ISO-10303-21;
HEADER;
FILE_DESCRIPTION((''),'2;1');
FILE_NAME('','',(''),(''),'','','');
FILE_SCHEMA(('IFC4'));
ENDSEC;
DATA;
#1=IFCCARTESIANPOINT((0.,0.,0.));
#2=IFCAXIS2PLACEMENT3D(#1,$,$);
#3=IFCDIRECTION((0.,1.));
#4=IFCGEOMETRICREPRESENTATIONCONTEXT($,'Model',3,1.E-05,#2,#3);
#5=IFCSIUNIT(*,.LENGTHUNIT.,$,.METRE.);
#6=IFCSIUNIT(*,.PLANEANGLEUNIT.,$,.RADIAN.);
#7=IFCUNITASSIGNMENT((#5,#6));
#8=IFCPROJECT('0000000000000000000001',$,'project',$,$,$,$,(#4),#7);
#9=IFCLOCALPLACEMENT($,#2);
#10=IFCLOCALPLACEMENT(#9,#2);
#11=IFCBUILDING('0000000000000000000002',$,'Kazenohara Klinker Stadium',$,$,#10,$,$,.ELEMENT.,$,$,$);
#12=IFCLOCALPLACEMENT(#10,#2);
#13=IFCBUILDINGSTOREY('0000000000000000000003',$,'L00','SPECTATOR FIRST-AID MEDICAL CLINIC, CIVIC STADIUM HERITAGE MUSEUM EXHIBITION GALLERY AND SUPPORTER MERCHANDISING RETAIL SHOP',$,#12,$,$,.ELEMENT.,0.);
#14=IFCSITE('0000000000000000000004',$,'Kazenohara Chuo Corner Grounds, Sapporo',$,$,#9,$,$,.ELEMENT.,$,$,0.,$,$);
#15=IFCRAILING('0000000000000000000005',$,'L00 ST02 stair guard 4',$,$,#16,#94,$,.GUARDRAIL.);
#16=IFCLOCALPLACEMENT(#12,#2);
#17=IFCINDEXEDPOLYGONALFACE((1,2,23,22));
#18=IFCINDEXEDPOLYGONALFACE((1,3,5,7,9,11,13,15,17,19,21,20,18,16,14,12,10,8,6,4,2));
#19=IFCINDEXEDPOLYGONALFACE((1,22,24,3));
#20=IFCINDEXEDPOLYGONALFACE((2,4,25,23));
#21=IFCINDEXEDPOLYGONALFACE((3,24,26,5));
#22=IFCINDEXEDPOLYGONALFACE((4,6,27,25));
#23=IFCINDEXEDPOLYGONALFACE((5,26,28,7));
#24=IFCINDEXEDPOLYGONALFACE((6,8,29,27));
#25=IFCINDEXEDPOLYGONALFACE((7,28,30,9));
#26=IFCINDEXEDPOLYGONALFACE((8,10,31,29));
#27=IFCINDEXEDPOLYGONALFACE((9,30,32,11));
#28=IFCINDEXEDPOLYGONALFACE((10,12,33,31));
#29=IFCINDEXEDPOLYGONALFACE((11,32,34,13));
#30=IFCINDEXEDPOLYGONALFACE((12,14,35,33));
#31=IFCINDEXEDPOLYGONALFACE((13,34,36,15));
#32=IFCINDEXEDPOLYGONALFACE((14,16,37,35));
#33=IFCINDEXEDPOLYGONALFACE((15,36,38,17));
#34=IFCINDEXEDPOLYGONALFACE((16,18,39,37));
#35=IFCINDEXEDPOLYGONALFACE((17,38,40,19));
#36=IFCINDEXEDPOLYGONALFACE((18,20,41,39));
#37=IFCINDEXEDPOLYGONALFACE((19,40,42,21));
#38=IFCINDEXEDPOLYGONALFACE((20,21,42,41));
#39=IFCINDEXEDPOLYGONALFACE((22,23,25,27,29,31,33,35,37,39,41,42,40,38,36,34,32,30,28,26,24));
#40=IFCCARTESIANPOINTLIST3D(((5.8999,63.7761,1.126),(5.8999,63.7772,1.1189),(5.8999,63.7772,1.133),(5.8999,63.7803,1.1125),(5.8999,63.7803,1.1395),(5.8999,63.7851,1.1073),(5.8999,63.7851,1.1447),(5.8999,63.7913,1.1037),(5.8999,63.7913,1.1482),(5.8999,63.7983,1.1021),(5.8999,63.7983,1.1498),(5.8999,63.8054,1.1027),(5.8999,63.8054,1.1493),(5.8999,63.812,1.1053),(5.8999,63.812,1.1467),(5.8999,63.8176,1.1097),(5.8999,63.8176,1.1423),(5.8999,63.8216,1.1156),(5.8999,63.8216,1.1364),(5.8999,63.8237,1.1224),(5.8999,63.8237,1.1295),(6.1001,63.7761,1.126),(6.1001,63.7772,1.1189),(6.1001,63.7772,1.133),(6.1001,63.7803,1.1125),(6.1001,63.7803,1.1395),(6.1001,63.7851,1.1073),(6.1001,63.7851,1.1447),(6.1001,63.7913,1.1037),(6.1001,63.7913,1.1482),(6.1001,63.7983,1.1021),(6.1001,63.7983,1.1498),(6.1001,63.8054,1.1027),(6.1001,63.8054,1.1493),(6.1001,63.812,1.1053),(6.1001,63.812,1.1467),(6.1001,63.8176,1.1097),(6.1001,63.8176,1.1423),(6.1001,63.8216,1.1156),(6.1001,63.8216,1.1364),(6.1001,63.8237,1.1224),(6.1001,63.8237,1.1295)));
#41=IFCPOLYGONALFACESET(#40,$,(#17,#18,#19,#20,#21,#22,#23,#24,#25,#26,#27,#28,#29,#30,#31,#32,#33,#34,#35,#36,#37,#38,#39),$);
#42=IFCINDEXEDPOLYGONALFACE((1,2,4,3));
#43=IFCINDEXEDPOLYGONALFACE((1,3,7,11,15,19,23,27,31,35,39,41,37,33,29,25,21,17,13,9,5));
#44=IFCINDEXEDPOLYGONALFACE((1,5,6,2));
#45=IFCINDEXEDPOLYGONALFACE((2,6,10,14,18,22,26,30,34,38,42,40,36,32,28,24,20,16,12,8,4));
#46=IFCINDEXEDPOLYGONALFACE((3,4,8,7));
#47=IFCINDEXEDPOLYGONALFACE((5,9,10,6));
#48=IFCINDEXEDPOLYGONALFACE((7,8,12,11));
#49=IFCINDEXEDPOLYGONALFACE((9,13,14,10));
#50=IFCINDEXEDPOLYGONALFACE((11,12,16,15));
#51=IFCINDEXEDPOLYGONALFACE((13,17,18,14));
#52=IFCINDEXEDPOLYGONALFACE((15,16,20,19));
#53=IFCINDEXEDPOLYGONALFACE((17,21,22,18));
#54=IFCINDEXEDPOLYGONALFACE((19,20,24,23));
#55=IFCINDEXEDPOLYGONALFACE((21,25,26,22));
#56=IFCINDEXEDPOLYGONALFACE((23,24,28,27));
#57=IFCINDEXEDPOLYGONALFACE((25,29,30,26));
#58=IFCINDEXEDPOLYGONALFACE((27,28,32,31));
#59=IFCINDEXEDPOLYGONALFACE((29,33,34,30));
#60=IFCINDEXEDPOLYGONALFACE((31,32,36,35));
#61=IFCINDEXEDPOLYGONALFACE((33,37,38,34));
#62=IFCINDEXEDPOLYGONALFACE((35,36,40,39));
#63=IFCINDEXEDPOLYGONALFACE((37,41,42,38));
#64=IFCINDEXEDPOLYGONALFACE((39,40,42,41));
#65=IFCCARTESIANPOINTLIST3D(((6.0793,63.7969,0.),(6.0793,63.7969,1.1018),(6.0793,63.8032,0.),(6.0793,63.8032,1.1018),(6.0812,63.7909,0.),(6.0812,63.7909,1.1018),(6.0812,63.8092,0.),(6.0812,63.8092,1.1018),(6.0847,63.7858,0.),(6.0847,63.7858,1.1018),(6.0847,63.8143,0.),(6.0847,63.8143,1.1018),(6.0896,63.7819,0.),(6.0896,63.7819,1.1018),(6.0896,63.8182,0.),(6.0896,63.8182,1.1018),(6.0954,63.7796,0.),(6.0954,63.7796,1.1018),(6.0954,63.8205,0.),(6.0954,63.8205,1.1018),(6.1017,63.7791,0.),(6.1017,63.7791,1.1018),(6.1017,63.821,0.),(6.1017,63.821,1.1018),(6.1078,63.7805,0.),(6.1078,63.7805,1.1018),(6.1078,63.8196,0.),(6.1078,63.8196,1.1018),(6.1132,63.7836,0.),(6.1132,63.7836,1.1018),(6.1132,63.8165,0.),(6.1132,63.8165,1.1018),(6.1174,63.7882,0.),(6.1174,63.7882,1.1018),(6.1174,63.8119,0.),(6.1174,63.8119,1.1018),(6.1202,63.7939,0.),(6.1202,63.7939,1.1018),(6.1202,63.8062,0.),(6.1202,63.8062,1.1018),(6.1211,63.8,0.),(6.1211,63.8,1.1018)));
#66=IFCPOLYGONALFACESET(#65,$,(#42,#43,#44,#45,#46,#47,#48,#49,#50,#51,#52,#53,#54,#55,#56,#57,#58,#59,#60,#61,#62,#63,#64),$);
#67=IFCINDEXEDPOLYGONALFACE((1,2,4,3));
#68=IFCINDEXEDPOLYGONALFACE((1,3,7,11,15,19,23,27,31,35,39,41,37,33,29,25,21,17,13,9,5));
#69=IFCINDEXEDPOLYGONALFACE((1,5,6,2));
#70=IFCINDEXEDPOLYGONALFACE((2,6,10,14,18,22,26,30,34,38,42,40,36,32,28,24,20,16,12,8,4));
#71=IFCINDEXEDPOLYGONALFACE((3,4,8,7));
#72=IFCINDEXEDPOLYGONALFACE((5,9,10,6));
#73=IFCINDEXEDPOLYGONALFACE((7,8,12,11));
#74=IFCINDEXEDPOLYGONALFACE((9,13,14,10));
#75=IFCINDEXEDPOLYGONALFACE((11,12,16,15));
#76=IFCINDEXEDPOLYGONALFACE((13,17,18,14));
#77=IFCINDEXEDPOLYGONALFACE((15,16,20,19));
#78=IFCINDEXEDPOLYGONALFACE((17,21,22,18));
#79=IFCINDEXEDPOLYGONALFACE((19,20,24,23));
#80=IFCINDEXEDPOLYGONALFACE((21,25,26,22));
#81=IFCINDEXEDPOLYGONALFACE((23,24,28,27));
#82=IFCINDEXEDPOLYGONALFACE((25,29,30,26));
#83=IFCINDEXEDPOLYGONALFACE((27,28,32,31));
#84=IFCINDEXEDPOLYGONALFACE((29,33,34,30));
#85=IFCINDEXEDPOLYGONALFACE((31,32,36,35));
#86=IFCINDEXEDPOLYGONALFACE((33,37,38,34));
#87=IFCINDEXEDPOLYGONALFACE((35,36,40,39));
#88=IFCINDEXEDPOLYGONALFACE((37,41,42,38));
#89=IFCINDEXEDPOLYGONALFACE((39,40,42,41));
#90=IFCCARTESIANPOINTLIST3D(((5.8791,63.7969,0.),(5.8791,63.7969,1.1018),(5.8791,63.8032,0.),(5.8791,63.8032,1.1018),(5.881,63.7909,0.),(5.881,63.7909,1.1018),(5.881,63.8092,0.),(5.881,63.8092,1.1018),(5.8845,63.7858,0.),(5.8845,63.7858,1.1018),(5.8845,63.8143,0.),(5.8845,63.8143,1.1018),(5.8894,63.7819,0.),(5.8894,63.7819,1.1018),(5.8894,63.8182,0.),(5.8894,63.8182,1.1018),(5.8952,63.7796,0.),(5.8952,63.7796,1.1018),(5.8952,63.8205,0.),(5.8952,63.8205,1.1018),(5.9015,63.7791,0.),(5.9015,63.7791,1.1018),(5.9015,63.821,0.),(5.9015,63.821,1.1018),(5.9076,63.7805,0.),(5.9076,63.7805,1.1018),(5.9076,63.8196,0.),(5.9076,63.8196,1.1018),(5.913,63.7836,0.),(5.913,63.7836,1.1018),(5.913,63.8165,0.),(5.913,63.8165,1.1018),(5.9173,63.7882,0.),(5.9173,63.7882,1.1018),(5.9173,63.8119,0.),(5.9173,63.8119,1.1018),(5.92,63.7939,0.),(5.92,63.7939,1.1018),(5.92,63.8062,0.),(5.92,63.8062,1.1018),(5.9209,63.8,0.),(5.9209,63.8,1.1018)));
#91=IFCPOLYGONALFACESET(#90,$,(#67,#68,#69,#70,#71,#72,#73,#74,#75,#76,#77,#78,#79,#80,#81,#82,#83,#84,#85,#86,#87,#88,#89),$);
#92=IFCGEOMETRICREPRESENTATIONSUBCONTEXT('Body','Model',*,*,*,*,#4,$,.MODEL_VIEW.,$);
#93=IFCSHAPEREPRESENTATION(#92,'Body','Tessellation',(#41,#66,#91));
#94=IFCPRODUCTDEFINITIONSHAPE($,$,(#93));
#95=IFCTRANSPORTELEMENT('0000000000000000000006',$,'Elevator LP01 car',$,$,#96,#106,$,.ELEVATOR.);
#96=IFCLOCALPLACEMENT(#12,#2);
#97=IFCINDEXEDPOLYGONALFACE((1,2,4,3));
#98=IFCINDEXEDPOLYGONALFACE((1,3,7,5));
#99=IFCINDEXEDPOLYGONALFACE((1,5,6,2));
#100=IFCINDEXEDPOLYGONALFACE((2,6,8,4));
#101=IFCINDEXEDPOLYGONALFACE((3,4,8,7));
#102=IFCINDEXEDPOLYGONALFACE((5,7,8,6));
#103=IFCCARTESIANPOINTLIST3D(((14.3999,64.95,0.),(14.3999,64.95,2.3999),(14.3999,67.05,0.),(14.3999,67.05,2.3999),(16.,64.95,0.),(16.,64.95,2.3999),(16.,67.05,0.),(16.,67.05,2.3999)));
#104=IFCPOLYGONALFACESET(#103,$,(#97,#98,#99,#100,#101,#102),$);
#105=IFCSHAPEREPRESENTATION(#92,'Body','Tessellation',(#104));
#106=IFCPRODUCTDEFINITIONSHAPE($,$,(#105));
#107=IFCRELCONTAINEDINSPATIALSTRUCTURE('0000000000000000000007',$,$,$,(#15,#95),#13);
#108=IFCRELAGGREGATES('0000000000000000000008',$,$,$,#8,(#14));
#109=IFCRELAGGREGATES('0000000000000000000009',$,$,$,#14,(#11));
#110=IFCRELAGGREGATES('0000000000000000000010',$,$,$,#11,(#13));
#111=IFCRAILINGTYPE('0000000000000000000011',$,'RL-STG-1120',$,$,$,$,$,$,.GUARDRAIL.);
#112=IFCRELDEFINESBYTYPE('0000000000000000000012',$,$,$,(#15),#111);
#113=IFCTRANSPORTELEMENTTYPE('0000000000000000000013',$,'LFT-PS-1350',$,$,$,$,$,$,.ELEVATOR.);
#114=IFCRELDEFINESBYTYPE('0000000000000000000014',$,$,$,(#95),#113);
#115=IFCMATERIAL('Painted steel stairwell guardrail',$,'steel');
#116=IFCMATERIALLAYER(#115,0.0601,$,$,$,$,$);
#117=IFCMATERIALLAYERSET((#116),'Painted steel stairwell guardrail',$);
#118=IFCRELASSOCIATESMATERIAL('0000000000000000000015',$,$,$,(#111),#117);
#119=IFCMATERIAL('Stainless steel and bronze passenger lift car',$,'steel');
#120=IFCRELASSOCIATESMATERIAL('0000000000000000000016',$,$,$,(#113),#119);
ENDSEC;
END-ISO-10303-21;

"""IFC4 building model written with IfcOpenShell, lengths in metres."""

from ifc_helpers import new_model, si_unit, direction, frame, origin, origin_2d, place, context, subcontext, project, spatial, rectangle, circle, extrude, material, layer, layer_set, type_object, element, save


model = new_model("IFC4")

# Units and contexts
model_context = context("Model", 3, precision=1e-05, world=origin(), true_north=direction((0.0, 1.0)))
body_context = subcontext(model_context, "Body", "Model", "MODEL_VIEW")
ifc_project = project(units=[si_unit("LENGTHUNIT", "METRE"), si_unit("PLANEANGLEUNIT", "RADIAN")], contexts=[model_context])

# Site, building, storey
site_placement = place(None, origin())
site = spatial("IfcSite", under=ifc_project, at=site_placement, Name="Kazenohara Chuo Corner Grounds, Sapporo", CompositionType="ELEMENT", RefElevation=0.0)
building_placement = place(site_placement, origin())
building = spatial("IfcBuilding", under=site, at=building_placement, Name="Kazenohara Klinker Stadium", CompositionType="ELEMENT")
storey_placement = place(building_placement, origin())
storey = spatial("IfcBuildingStorey", under=building, at=storey_placement, Name="L00", Description="SPECTATOR FIRST-AID MEDICAL CLINIC, CIVIC STADIUM HERITAGE MUSEUM EXHIBITION GALLERY AND SUPPORTER MERCHANDISING RETAIL SHOP", CompositionType="ELEMENT", Elevation=0.0)

# Railing
ifc_material_1 = material(Name="Painted steel stairwell guardrail", Category="steel")
ifc_layer_1 = layer(ifc_material_1, 0.0601)
ifc_layer_set_1 = layer_set([ifc_layer_1], Name="Painted steel stairwell guardrail")
railing_type_1 = type_object("IfcRailingType", Name="RL-STG-1120", PredefinedType="GUARDRAIL", material=ifc_layer_set_1)
railing_1_placement = place(storey_placement, frame((6.1001, 63.8, 0.0)))
element("IfcRailing", 1, at=railing_1_placement, inside=storey, type_object=railing_type_1, Name="L00 ST02 stair guard 4", PredefinedType="GUARDRAIL", context=body_context, shape_type="SweptSolid", body=[
    extrude(circle(Radius=0.0239, at=origin_2d()), frame((0.0, 0.0, 1.126), z_axis=(-1.0, 0.0, 0.0), x_axis=(0.0, -1.0, 0.0)), (0.0, 0.0, 1.0), 0.2002),
    extrude(circle(Radius=0.021, at=origin_2d()), origin(), (0.0, 0.0, 1.0), 1.1018),
    extrude(circle(Radius=0.021, at=origin_2d()), frame((-0.2002, 0.0, 0.0)), (0.0, 0.0, 1.0), 1.1018),
])

# Transport element
ifc_material_2 = material(Name="Stainless steel and bronze passenger lift car", Category="steel")
transport_element_type = type_object("IfcTransportElementType", Name="LFT-PS-1350", PredefinedType="ELEVATOR", material=ifc_material_2)
transport_element_placement = place(storey_placement, frame((15.2, 66.0, 0.0), z_axis=(0.0, 0.0, 1.0), x_axis=(1.0, 0.0, 0.0)))
element("IfcTransportElement", 2, at=transport_element_placement, inside=storey, type_object=transport_element_type, Name="Elevator LP01 car", PredefinedType="ELEVATOR", context=body_context, shape_type="SweptSolid", body=[
    extrude(rectangle(XDim=1.6001, YDim=2.1001, at=origin_2d()), origin(), (0.0, 0.0, 1.0), 2.3999),
])

save(model, "model.ifc")
